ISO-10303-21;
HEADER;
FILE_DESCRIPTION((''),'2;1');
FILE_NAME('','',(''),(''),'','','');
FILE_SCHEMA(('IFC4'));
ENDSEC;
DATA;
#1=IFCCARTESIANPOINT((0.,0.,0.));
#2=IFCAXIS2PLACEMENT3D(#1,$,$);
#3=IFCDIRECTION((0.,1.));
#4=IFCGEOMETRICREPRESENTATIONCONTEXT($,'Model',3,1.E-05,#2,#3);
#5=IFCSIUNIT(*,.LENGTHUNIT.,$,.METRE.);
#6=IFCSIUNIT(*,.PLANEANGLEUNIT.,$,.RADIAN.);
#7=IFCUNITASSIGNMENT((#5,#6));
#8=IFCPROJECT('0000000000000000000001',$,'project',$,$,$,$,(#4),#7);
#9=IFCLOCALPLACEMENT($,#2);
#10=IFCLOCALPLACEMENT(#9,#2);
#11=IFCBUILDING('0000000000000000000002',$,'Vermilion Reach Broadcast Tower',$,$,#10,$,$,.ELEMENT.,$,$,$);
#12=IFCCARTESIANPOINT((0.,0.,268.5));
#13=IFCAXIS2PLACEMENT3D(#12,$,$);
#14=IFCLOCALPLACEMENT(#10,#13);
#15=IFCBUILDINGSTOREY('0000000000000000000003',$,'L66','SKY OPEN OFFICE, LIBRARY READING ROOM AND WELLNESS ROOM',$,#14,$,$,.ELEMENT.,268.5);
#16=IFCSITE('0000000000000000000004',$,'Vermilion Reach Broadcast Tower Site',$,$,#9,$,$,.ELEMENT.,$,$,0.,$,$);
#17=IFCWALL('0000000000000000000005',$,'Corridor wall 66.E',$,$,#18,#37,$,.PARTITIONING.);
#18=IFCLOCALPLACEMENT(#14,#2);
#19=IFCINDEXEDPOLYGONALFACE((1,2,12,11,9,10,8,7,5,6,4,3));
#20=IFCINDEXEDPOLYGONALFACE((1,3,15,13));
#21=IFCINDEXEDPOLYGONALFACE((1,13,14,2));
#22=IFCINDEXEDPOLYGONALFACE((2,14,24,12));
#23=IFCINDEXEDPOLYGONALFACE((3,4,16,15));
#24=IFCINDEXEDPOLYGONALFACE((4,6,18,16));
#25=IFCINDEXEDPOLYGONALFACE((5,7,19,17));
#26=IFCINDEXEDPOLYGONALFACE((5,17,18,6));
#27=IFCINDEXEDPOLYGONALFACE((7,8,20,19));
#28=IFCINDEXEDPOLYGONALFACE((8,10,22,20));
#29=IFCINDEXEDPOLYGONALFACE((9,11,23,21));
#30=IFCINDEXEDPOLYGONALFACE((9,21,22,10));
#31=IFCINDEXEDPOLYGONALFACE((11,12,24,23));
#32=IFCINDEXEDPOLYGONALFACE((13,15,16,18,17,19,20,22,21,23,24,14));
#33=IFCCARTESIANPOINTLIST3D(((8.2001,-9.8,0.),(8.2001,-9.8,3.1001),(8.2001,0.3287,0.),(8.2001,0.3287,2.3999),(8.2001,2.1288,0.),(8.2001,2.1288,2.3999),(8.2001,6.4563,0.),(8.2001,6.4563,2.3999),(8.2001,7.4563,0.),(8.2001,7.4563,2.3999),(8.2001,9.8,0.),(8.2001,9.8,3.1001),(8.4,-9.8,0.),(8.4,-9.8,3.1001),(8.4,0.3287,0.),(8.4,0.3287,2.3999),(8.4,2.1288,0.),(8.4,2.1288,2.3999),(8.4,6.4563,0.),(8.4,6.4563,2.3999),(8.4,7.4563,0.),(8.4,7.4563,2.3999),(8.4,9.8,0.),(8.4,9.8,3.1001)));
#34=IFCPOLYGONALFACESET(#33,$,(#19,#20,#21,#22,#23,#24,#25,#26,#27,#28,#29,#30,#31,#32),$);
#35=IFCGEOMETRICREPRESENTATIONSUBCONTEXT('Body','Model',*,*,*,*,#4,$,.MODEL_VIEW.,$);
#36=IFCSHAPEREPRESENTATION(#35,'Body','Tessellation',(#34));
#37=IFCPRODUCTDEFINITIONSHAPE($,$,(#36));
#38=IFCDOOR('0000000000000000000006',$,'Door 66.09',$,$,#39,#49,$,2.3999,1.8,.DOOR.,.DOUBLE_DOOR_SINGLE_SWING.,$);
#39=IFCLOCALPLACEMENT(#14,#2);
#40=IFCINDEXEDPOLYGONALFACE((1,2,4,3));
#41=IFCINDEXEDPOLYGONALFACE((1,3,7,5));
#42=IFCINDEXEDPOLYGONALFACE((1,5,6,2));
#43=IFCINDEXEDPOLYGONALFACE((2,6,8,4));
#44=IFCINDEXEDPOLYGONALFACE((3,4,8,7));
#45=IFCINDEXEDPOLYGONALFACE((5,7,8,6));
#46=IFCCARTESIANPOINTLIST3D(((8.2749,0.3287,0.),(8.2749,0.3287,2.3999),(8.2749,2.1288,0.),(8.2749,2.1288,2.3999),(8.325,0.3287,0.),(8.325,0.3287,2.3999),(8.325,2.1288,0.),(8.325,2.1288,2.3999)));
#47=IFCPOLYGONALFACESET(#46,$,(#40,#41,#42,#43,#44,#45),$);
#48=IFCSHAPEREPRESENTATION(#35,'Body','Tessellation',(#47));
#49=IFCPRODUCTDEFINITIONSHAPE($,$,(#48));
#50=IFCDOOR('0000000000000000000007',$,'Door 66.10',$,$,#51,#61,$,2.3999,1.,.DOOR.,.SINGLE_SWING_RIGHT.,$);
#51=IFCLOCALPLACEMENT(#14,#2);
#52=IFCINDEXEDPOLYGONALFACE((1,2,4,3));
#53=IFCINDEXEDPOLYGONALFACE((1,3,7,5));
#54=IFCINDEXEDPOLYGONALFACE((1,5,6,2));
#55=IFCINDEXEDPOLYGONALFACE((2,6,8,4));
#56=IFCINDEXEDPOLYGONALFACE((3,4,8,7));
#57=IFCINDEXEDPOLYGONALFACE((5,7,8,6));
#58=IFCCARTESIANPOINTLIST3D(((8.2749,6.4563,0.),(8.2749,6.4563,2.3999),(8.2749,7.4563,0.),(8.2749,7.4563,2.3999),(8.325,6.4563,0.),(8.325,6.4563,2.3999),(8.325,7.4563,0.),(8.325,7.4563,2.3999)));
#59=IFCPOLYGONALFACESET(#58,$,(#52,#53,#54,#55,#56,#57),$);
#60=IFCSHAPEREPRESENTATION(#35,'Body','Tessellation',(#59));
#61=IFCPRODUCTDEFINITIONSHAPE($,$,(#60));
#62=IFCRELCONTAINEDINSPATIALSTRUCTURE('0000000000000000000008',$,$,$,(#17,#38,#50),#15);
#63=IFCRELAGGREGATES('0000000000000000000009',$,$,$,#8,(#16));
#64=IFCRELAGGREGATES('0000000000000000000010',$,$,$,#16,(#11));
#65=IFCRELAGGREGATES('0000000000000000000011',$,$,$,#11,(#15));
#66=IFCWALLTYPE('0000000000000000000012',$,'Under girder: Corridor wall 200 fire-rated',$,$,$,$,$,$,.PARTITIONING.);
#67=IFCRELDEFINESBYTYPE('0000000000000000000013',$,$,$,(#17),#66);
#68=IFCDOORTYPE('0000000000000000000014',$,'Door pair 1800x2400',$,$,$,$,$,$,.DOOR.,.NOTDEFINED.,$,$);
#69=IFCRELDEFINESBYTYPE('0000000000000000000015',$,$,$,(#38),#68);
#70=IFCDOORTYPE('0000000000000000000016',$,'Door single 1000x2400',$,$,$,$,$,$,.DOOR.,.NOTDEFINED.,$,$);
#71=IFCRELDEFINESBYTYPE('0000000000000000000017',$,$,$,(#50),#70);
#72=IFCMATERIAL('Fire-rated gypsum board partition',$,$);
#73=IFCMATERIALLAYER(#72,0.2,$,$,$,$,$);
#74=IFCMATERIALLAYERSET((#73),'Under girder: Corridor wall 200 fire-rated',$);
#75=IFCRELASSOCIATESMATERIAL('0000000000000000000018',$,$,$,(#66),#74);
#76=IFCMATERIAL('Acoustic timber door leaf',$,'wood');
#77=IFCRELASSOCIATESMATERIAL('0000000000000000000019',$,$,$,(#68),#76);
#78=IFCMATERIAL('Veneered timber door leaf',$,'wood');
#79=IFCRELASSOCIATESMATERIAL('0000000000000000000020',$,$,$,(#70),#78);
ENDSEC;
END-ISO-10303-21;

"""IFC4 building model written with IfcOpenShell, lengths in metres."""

from ifc_helpers import new_model, si_unit, direction, frame, frame_2d, origin, place, context, subcontext, project, spatial, rectangle, extrude, material, layer, layer_set, type_object, element, fill, save


model = new_model("IFC4")

# Units and contexts
model_context = context("Model", 3, precision=1e-05, world=origin(), true_north=direction((0.0, 1.0)))
body_context = subcontext(model_context, "Body", "Model", "MODEL_VIEW")
ifc_project = project(units=[si_unit("LENGTHUNIT", "METRE"), si_unit("PLANEANGLEUNIT", "RADIAN")], contexts=[model_context])

# Site, building, storey
site_placement = place(None, origin())
site = spatial("IfcSite", under=ifc_project, at=site_placement, Name="Vermilion Reach Broadcast Tower Site", CompositionType="ELEMENT", RefElevation=0.0)
building_placement = place(site_placement, origin())
building = spatial("IfcBuilding", under=site, at=building_placement, Name="Vermilion Reach Broadcast Tower", CompositionType="ELEMENT")
storey_placement = place(building_placement, frame((0.0, 0.0, 268.5)))
storey = spatial("IfcBuildingStorey", under=building, at=storey_placement, Name="L66", Description="SKY OPEN OFFICE, LIBRARY READING ROOM AND WELLNESS ROOM", CompositionType="ELEMENT", Elevation=268.5)

# Wall, openings, doors
ifc_material_1 = material(Name="Fire-rated gypsum board partition")
ifc_layer_1 = layer(ifc_material_1, 0.2)
ifc_layer_set_1 = layer_set([ifc_layer_1], Name="Under girder: Corridor wall 200 fire-rated")
wall_type_1 = type_object("IfcWallType", Name="Under girder: Corridor wall 200 fire-rated", PredefinedType="PARTITIONING", material=ifc_layer_set_1)
wall_1_placement = place(storey_placement, frame((8.3, 9.8, 0.0), z_axis=(0.0, 0.0, 1.0), x_axis=(0.0, -1.0, 0.0)))
wall_1 = element("IfcWall", 1, at=wall_1_placement, inside=storey, type_object=wall_type_1, Name="Corridor wall 66.E", PredefinedType="PARTITIONING", context=body_context, shape_type="SweptSolid", body=[
    extrude(rectangle(XDim=19.6001, YDim=0.2, at=frame_2d((9.8, 0.0))), origin(), (0.0, 0.0, 1.0), 3.1001),
])
opening_1_placement = place(wall_1_placement, frame((7.6714, 0.0, 0.0)))
opening_1 = element("IfcOpeningElement", 2, at=opening_1_placement, cuts=wall_1, PredefinedType="OPENING", context=body_context, shape_type="SweptSolid", body=[
    extrude(rectangle(XDim=1.8, YDim=2.3999, at=frame_2d((0.8999, 1.2))), frame((0.0, 0.1099, 0.0), z_axis=(0.0, -1.0, 0.0), x_axis=(1.0, 0.0, 0.0)), (0.0, 0.0, 1.0), 0.22),
])
opening_2_placement = place(wall_1_placement, frame((2.3438, 0.0, 0.0)))
opening_2 = element("IfcOpeningElement", 3, at=opening_2_placement, cuts=wall_1, PredefinedType="OPENING", context=body_context, shape_type="SweptSolid", body=[
    extrude(rectangle(XDim=1.0, YDim=2.3999, at=frame_2d((0.5, 1.2))), frame((0.0, 0.1099, 0.0), z_axis=(0.0, -1.0, 0.0), x_axis=(1.0, 0.0, 0.0)), (0.0, 0.0, 1.0), 0.22),
])
ifc_material_2 = material(Name="Acoustic timber door leaf", Category="wood")
door_type_1 = type_object("IfcDoorType", Name="Door pair 1800x2400", OperationType="NOTDEFINED", PredefinedType="DOOR", material=ifc_material_2)
door_1_placement = place(opening_1_placement, origin())
door_1 = element("IfcDoor", 4, at=door_1_placement, inside=storey, type_object=door_type_1, Name="Door 66.09", OperationType="DOUBLE_DOOR_SINGLE_SWING", OverallHeight=2.3999, OverallWidth=1.8, PredefinedType="DOOR", context=body_context, shape_type="SweptSolid", body=[
    extrude(rectangle(XDim=1.8, YDim=2.3999, at=frame_2d((0.8999, 1.2))), frame((0.0, 0.0249, 0.0), z_axis=(0.0, -1.0, 0.0), x_axis=(1.0, 0.0, 0.0)), (0.0, 0.0, 1.0), 0.05),
])
fill(opening_1, door_1)
ifc_material_3 = material(Name="Veneered timber door leaf", Category="wood")
door_type_2 = type_object("IfcDoorType", Name="Door single 1000x2400", OperationType="NOTDEFINED", PredefinedType="DOOR", material=ifc_material_3)
door_2_placement = place(opening_2_placement, origin())
door_2 = element("IfcDoor", 5, at=door_2_placement, inside=storey, type_object=door_type_2, Name="Door 66.10", OperationType="SINGLE_SWING_RIGHT", OverallHeight=2.3999, OverallWidth=1.0, PredefinedType="DOOR", context=body_context, shape_type="SweptSolid", body=[
    extrude(rectangle(XDim=1.0, YDim=2.3999, at=frame_2d((0.5, 1.2))), frame((0.0, 0.0249, 0.0), z_axis=(0.0, -1.0, 0.0), x_axis=(1.0, 0.0, 0.0)), (0.0, 0.0, 1.0), 0.05),
])
fill(opening_2, door_2)

save(model, "model.ifc")
